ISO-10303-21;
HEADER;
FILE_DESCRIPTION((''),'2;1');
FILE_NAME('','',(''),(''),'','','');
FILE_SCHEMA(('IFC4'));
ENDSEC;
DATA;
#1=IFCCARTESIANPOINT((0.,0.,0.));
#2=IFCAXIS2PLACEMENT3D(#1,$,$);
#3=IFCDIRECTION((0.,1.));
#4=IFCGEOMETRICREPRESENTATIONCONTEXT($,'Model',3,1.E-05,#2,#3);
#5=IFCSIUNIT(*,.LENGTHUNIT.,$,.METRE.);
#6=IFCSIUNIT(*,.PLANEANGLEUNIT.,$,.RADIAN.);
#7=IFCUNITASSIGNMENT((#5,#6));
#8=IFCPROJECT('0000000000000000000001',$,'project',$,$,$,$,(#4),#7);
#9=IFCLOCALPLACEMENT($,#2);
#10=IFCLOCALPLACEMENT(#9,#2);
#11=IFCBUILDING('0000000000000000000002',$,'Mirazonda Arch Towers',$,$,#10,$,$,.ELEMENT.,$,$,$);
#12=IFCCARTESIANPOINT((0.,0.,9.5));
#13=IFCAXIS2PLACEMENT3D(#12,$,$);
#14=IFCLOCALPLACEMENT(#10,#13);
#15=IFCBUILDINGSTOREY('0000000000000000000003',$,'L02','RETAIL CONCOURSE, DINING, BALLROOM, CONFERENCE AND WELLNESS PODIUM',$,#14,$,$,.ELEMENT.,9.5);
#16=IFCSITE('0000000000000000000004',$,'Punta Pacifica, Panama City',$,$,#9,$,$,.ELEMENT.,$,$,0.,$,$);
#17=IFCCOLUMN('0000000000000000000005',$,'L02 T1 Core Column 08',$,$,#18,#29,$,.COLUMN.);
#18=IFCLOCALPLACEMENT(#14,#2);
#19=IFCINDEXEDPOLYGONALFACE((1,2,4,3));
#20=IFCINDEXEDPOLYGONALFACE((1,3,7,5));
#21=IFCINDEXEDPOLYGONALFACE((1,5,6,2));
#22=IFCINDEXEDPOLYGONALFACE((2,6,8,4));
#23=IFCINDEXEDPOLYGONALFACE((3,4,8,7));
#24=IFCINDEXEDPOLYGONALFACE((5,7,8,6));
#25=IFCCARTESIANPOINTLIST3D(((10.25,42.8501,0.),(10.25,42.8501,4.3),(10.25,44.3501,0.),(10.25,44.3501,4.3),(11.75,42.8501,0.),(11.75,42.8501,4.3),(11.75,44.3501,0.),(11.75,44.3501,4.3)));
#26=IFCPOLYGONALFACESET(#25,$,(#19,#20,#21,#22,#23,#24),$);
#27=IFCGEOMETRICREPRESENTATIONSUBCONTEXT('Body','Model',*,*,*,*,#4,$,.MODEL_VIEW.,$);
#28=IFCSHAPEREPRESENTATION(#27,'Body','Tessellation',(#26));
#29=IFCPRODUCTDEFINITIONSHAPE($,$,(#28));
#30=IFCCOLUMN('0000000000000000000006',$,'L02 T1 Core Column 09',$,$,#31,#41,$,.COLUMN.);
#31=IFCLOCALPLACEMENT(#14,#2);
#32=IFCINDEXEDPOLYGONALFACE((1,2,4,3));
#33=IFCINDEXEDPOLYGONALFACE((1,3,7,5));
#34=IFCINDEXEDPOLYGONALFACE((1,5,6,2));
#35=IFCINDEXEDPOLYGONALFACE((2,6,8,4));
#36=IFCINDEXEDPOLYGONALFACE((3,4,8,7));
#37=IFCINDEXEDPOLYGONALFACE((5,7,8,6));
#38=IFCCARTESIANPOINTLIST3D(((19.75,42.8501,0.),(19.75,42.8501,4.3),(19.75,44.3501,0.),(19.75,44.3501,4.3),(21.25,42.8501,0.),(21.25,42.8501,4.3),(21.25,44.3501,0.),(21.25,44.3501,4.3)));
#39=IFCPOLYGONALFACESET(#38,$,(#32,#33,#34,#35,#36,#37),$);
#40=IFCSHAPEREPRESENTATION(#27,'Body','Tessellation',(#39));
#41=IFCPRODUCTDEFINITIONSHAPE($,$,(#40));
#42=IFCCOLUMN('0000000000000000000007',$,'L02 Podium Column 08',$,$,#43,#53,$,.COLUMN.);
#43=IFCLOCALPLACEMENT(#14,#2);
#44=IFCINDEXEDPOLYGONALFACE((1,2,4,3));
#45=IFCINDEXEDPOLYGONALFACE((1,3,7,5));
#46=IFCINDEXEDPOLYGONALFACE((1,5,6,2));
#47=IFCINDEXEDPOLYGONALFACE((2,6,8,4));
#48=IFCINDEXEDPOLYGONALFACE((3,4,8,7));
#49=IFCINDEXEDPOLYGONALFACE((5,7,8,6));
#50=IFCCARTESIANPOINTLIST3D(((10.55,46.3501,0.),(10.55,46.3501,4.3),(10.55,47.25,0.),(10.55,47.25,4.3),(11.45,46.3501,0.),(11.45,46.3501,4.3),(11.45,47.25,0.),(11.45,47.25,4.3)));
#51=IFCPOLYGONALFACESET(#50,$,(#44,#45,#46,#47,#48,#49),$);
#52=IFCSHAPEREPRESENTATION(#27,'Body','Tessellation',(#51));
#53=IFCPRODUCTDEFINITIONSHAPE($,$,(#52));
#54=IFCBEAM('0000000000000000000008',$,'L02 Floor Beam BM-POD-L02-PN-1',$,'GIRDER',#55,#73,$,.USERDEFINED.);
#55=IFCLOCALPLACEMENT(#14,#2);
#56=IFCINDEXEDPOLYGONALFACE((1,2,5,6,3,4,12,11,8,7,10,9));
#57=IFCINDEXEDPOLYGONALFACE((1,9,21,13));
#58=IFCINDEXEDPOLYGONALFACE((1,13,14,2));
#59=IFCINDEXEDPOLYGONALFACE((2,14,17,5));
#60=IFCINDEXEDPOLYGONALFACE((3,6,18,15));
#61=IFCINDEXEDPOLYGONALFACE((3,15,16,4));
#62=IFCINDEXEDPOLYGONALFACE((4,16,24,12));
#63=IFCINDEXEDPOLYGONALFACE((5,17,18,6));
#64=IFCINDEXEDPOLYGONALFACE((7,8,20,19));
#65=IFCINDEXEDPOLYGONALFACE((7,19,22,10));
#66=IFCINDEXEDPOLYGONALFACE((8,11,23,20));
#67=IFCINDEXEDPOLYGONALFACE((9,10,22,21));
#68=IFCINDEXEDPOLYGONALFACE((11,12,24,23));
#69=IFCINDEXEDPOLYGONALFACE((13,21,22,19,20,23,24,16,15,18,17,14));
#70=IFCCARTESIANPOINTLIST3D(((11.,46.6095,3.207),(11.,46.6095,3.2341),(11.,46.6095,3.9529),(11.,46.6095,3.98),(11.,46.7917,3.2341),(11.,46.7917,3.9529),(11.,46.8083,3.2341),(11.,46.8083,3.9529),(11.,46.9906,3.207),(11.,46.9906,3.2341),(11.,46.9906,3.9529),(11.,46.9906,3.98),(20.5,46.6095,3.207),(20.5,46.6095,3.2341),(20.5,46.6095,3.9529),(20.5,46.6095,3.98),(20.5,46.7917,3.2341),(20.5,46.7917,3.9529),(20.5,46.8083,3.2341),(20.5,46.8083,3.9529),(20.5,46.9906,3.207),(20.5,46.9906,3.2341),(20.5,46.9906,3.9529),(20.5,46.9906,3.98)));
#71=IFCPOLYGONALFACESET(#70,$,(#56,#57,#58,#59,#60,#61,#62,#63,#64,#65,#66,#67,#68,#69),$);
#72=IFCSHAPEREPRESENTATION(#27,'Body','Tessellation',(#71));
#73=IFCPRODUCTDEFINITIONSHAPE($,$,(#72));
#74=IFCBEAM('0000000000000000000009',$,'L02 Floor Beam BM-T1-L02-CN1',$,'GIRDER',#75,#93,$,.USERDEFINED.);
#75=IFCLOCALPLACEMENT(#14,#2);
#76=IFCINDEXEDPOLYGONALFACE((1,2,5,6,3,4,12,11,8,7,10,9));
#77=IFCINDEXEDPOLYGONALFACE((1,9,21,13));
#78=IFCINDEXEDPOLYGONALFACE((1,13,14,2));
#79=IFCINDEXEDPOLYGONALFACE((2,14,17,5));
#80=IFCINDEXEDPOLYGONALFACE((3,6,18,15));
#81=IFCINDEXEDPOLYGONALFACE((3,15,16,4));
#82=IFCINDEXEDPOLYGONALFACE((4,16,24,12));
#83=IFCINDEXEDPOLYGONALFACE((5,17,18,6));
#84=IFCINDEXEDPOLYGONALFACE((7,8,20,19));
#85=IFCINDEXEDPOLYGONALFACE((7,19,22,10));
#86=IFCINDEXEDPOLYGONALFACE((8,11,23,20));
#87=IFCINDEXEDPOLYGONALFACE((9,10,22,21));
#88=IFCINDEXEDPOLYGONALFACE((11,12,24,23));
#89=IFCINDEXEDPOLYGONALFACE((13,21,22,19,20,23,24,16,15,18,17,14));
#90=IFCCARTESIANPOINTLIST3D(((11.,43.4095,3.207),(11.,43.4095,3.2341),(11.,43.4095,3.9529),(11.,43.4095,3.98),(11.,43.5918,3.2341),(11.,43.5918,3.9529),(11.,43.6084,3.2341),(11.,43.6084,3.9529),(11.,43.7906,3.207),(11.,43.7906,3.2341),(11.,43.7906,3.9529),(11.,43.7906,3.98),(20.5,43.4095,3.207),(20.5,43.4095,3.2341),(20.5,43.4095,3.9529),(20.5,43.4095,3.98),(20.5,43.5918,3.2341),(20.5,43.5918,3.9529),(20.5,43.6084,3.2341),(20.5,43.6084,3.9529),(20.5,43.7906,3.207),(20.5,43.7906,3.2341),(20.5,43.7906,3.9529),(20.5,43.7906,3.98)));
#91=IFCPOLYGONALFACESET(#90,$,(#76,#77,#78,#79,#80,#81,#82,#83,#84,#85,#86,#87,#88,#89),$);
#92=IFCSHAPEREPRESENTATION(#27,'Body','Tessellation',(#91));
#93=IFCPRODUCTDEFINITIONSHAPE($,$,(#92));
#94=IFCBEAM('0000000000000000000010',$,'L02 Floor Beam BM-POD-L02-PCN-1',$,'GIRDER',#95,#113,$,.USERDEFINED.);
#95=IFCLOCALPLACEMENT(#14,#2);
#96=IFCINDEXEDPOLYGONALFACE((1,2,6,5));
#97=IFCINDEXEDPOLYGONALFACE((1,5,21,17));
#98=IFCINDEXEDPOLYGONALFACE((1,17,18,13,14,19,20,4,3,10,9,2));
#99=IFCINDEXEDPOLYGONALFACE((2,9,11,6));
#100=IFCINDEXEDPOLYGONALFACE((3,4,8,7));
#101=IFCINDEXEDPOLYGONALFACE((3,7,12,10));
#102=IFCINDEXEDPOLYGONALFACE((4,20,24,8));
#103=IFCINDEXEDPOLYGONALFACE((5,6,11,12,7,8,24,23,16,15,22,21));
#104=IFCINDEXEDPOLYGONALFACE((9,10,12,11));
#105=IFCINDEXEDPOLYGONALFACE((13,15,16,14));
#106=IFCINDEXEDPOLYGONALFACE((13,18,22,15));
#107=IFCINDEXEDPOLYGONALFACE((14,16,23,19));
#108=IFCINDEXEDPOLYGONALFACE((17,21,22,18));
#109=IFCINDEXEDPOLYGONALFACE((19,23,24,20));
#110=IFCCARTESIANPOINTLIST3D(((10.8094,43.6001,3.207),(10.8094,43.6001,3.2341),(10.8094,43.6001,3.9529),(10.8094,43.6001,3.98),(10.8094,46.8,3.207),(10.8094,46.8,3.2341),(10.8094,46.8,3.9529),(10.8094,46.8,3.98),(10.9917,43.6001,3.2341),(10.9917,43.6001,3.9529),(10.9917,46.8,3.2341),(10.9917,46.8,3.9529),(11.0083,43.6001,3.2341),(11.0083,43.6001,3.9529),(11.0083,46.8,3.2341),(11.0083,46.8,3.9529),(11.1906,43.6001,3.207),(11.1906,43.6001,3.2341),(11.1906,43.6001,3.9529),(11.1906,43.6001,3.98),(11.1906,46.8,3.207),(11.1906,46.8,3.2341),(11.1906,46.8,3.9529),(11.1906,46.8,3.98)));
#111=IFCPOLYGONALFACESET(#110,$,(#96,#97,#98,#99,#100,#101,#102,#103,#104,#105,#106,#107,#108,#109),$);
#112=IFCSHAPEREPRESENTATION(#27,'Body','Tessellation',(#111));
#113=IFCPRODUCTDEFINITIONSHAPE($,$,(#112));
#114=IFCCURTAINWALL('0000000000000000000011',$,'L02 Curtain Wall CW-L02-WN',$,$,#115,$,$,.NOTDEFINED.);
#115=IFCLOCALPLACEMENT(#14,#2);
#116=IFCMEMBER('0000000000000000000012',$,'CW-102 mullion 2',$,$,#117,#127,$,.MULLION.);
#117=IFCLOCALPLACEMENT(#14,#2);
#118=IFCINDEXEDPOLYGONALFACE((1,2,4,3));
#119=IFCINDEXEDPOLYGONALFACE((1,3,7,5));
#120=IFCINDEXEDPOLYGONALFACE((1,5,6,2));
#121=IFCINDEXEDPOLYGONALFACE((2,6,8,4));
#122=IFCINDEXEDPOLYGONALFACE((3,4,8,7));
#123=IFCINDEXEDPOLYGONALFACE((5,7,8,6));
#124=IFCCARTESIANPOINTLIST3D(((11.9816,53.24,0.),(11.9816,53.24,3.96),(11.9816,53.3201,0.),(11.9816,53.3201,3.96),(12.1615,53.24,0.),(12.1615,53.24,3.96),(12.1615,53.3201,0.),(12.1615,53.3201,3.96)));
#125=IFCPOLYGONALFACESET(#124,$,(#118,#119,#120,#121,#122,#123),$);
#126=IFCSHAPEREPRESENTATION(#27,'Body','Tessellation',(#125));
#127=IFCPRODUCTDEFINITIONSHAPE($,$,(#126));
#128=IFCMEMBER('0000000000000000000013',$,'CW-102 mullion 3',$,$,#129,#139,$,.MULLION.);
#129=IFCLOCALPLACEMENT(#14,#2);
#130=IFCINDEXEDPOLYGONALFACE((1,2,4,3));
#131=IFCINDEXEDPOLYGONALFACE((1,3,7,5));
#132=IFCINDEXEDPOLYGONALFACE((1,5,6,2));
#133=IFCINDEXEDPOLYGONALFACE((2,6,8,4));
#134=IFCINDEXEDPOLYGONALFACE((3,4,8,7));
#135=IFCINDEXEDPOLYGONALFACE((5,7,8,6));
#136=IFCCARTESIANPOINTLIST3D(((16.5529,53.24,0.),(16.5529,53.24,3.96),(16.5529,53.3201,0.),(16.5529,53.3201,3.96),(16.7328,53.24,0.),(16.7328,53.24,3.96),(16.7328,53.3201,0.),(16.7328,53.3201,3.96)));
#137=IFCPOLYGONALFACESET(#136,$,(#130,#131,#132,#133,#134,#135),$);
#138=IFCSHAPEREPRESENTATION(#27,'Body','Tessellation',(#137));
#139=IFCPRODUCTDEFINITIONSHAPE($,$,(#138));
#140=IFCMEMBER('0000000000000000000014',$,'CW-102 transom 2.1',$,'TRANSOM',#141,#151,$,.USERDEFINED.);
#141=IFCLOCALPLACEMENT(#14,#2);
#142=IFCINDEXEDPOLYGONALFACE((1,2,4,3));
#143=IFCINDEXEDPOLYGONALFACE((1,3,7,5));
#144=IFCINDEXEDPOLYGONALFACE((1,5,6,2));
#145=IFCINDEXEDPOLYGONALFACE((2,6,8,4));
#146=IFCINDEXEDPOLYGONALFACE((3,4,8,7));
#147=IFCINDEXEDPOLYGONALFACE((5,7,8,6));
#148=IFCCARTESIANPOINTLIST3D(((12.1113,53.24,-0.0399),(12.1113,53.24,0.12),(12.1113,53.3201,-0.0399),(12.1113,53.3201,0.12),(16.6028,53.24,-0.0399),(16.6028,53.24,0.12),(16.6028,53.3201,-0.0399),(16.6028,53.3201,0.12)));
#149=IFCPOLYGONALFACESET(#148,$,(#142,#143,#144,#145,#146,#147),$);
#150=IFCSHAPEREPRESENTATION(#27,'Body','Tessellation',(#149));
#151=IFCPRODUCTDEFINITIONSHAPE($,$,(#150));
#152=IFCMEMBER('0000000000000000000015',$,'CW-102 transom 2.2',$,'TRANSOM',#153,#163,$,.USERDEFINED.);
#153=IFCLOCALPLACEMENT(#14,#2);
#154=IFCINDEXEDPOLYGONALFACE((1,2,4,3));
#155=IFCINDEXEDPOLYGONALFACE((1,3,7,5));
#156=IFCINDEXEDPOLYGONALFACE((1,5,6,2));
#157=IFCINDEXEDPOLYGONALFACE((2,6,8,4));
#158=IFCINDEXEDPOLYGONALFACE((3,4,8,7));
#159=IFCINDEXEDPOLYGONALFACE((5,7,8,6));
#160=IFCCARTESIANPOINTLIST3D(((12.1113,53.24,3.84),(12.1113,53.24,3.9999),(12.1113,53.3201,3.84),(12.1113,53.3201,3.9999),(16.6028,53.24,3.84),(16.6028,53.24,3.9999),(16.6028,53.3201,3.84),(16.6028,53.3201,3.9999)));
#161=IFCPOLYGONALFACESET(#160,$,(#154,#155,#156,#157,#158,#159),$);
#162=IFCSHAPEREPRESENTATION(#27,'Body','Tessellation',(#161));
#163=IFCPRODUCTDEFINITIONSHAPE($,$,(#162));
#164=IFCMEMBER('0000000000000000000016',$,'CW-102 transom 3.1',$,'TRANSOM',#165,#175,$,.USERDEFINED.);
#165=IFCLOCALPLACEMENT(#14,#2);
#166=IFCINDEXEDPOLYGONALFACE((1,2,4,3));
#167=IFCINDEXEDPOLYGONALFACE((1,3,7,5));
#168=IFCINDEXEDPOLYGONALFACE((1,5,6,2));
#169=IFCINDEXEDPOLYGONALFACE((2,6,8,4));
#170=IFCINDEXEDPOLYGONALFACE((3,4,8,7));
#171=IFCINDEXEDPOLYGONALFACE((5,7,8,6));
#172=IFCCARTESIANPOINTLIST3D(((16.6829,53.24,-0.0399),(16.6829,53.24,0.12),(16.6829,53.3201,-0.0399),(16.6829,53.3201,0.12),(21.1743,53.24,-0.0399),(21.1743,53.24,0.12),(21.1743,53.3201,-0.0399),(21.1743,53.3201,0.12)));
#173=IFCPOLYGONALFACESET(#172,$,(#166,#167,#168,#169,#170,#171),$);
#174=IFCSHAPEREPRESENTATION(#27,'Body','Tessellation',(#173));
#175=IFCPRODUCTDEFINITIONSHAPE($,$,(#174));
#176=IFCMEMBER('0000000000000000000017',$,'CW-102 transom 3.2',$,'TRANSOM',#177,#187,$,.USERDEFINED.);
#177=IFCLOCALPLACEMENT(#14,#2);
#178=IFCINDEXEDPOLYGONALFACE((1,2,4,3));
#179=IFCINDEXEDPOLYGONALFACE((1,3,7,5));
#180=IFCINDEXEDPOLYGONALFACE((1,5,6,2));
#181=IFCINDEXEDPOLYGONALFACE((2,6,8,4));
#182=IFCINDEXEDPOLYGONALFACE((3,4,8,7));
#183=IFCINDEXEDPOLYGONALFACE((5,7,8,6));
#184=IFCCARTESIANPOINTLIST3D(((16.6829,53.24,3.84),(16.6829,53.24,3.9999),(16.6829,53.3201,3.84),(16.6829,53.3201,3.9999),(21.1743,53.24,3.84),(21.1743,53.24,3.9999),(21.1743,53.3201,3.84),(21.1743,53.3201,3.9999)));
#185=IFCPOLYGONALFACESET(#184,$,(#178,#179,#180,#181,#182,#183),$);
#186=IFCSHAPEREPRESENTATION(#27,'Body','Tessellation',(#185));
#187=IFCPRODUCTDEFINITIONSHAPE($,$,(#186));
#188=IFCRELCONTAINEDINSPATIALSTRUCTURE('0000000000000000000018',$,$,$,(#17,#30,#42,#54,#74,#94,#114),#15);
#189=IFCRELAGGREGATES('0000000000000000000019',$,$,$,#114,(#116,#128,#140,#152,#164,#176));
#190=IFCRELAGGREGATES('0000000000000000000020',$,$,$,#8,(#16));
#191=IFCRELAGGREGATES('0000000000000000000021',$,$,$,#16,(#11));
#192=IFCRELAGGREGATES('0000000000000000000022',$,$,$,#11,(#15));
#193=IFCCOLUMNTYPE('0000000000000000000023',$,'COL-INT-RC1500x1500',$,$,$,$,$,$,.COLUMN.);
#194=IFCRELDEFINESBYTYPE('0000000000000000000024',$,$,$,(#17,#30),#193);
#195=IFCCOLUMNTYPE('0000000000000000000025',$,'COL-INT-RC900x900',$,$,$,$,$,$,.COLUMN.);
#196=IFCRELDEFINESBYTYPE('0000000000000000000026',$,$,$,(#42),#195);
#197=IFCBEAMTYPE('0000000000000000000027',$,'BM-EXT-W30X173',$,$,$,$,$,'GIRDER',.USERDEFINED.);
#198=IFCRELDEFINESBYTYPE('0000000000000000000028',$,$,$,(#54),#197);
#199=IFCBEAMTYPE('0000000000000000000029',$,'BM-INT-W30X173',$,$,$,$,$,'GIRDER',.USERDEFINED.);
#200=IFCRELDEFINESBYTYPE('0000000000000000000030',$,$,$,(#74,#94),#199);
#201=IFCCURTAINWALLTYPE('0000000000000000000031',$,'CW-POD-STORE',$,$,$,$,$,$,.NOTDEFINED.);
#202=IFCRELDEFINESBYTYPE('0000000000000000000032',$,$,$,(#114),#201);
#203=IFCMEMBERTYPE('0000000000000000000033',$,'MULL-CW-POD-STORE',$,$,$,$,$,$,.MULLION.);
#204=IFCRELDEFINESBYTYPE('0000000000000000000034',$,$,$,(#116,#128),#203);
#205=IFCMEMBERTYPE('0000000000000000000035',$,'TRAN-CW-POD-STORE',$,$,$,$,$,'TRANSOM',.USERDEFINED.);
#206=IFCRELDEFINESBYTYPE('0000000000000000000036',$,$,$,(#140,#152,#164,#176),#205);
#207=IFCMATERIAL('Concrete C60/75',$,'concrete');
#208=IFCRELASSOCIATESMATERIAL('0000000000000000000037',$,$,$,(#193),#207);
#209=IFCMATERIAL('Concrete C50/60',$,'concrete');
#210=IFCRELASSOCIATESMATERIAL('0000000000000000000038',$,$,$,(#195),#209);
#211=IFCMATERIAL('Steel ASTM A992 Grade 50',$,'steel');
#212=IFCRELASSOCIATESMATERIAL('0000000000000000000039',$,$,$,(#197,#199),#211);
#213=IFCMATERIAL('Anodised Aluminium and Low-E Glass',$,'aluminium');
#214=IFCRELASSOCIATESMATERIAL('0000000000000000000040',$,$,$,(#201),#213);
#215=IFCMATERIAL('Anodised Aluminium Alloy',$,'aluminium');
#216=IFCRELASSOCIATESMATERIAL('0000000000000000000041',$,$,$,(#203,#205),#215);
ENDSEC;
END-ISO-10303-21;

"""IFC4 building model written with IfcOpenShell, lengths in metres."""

from ifc_helpers import new_model, si_unit, direction, frame, origin, origin_2d, place, context, subcontext, project, spatial, rectangle, i_section, extrude, material, material_profile, profile_set, type_object, element, aggregate, save


model = new_model("IFC4")

# Units and contexts
model_context = context("Model", 3, precision=1e-05, world=origin(), true_north=direction((0.0, 1.0)))
body_context = subcontext(model_context, "Body", "Model", "MODEL_VIEW")
ifc_project = project(units=[si_unit("LENGTHUNIT", "METRE"), si_unit("PLANEANGLEUNIT", "RADIAN")], contexts=[model_context])

# Site, building, storey
site_placement = place(None, origin())
site = spatial("IfcSite", under=ifc_project, at=site_placement, Name="Punta Pacifica, Panama City", CompositionType="ELEMENT", RefElevation=0.0)
building_placement = place(site_placement, origin())
building = spatial("IfcBuilding", under=site, at=building_placement, Name="Mirazonda Arch Towers", CompositionType="ELEMENT")
storey_placement = place(building_placement, frame((0.0, 0.0, 9.5)))
storey = spatial("IfcBuildingStorey", under=building, at=storey_placement, Name="L02", Description="RETAIL CONCOURSE, DINING, BALLROOM, CONFERENCE AND WELLNESS PODIUM", CompositionType="ELEMENT", Elevation=9.5)

# Columns
ifc_material_1 = material(Name="Concrete C60/75", Category="concrete")
ifc_material_profile_1 = material_profile(ifc_material_1, rectangle(XDim=1.5, YDim=1.5, at=origin_2d()), Name="RC1500x1500")
ifc_profile_set_1 = profile_set([ifc_material_profile_1], Name="Concrete C60/75")
column_type_1 = type_object("IfcColumnType", Name="COL-INT-RC1500x1500", PredefinedType="COLUMN", material=ifc_profile_set_1)
for number, where, z_axis, x_axis, name in (
    (1, (11.0, 43.6001, 0.0), (0.0, 0.0, 1.0), (1.0, 0.0, 0.0), "L02 T1 Core Column 08"),
    (2, (20.5, 43.6001, 0.0), (0.0, 0.0, 1.0), (1.0, 0.0, 0.0), "L02 T1 Core Column 09"),
):
    element("IfcColumn", number, at=place(storey_placement, frame(where, z_axis=z_axis, x_axis=x_axis)), inside=storey, type_object=column_type_1, Name=name, PredefinedType="COLUMN", context=body_context, shape_type="SweptSolid", body=[
        extrude(rectangle(XDim=1.5, YDim=1.5, at=origin_2d()), origin(), (0.0, 0.0, 1.0), 4.3),
    ])
ifc_material_2 = material(Name="Concrete C50/60", Category="concrete")
ifc_material_profile_2 = material_profile(ifc_material_2, rectangle(XDim=0.8999, YDim=0.8999, at=origin_2d()), Name="RC900x900")
ifc_profile_set_2 = profile_set([ifc_material_profile_2], Name="Concrete C50/60")
column_type_2 = type_object("IfcColumnType", Name="COL-INT-RC900x900", PredefinedType="COLUMN", material=ifc_profile_set_2)
column_placement = place(storey_placement, frame((11.0, 46.8, 0.0), z_axis=(0.0, 0.0, 1.0), x_axis=(1.0, 0.0, 0.0)))
element("IfcColumn", 3, at=column_placement, inside=storey, type_object=column_type_2, Name="L02 Podium Column 08", PredefinedType="COLUMN", context=body_context, shape_type="SweptSolid", body=[
    extrude(rectangle(XDim=0.8999, YDim=0.8999, at=origin_2d()), origin(), (0.0, 0.0, 1.0), 4.3),
])

# Beams
ifc_material_3 = material(Name="Steel ASTM A992 Grade 50", Category="steel")
ifc_material_profile_3 = material_profile(ifc_material_3, i_section(OverallWidth=0.3811, OverallDepth=0.7729, WebThickness=0.0166, FlangeThickness=0.0271, at=origin_2d()), Name="W30X173")
ifc_profile_set_3 = profile_set([ifc_material_profile_3], Name="Steel ASTM A992 Grade 50")
beam_type_1 = type_object("IfcBeamType", Name="BM-EXT-W30X173", ElementType="GIRDER", PredefinedType="USERDEFINED", material=ifc_profile_set_3)
beam_1_placement = place(storey_placement, frame((11.0, 46.8, 3.5935), z_axis=(1.0, 0.0, 0.0), x_axis=(0.0, 1.0, 0.0)))
element("IfcBeam", 4, at=beam_1_placement, inside=storey, type_object=beam_type_1, Name="L02 Floor Beam BM-POD-L02-PN-1", ObjectType="GIRDER", PredefinedType="USERDEFINED", context=body_context, shape_type="SweptSolid", body=[
    extrude(i_section(OverallWidth=0.3811, OverallDepth=0.7729, WebThickness=0.0166, FlangeThickness=0.0271, at=origin_2d()), origin(), (0.0, 0.0, 1.0), 9.5),
])
ifc_material_profile_4 = material_profile(ifc_material_3, i_section(OverallWidth=0.3811, OverallDepth=0.7729, WebThickness=0.0166, FlangeThickness=0.0271, at=origin_2d()), Name="W30X173")
ifc_profile_set_4 = profile_set([ifc_material_profile_4], Name="Steel ASTM A992 Grade 50")
beam_type_2 = type_object("IfcBeamType", Name="BM-INT-W30X173", ElementType="GIRDER", PredefinedType="USERDEFINED", material=ifc_profile_set_4)
beam_2_placement = place(storey_placement, frame((11.0, 43.6001, 3.5935), z_axis=(1.0, 0.0, 0.0), x_axis=(0.0, 1.0, 0.0)))
element("IfcBeam", 5, at=beam_2_placement, inside=storey, type_object=beam_type_2, Name="L02 Floor Beam BM-T1-L02-CN1", ObjectType="GIRDER", PredefinedType="USERDEFINED", context=body_context, shape_type="SweptSolid", body=[
    extrude(i_section(OverallWidth=0.3811, OverallDepth=0.7729, WebThickness=0.0166, FlangeThickness=0.0271, at=origin_2d()), origin(), (0.0, 0.0, 1.0), 9.5),
])
beam_3_placement = place(storey_placement, frame((11.0, 43.6001, 3.5935), z_axis=(0.0, 1.0, 0.0), x_axis=(-1.0, 0.0, 0.0)))
element("IfcBeam", 6, at=beam_3_placement, inside=storey, type_object=beam_type_2, Name="L02 Floor Beam BM-POD-L02-PCN-1", ObjectType="GIRDER", PredefinedType="USERDEFINED", context=body_context, shape_type="SweptSolid", body=[
    extrude(i_section(OverallWidth=0.3811, OverallDepth=0.7729, WebThickness=0.0166, FlangeThickness=0.0271, at=origin_2d()), origin(), (0.0, 0.0, 1.0), 3.2),
])

# Curtain wall, members
ifc_material_4 = material(Name="Anodised Aluminium and Low-E Glass", Category="aluminium")
curtain_wall_type = type_object("IfcCurtainWallType", Name="CW-POD-STORE", PredefinedType="NOTDEFINED", material=ifc_material_4)
curtain_wall_placement = place(storey_placement, origin())
curtain_wall = element("IfcCurtainWall", 7, at=curtain_wall_placement, inside=storey, type_object=curtain_wall_type, Name="L02 Curtain Wall CW-L02-WN", PredefinedType="NOTDEFINED")
ifc_material_5 = material(Name="Anodised Aluminium Alloy", Category="aluminium")
ifc_material_profile_5 = material_profile(ifc_material_5, rectangle(XDim=0.0801, YDim=0.1799, at=origin_2d()), Name="ALU-MULL-80x180")
ifc_profile_set_5 = profile_set([ifc_material_profile_5], Name="Anodised Aluminium Alloy")
member_type_1 = type_object("IfcMemberType", Name="MULL-CW-POD-STORE", PredefinedType="MULLION", material=ifc_profile_set_5)
member_1_placement = place(storey_placement, frame((12.0715, 53.28, 0.0), z_axis=(0.0, 0.0, 1.0), x_axis=(0.0, 1.0, 0.0)))
member_1 = element("IfcMember", 8, at=member_1_placement, type_object=member_type_1, Name="CW-102 mullion 2", PredefinedType="MULLION", context=body_context, shape_type="SweptSolid", body=[
    extrude(rectangle(XDim=0.0801, YDim=0.1799, at=origin_2d()), origin(), (0.0, 0.0, 1.0), 3.96),
])
member_2_placement = place(storey_placement, frame((16.6428, 53.28, 0.0), z_axis=(0.0, 0.0, 1.0), x_axis=(0.0, 1.0, 0.0)))
member_2 = element("IfcMember", 9, at=member_2_placement, type_object=member_type_1, Name="CW-102 mullion 3", PredefinedType="MULLION", context=body_context, shape_type="SweptSolid", body=[
    extrude(rectangle(XDim=0.0801, YDim=0.1799, at=origin_2d()), origin(), (0.0, 0.0, 1.0), 3.96),
])
ifc_material_profile_6 = material_profile(ifc_material_5, rectangle(XDim=0.0801, YDim=0.1599, at=origin_2d()), Name="ALU-TRAN-80x160")
ifc_profile_set_6 = profile_set([ifc_material_profile_6], Name="Anodised Aluminium Alloy")
member_type_2 = type_object("IfcMemberType", Name="TRAN-CW-POD-STORE", ElementType="TRANSOM", PredefinedType="USERDEFINED", material=ifc_profile_set_6)
member_3_placement = place(storey_placement, frame((12.1113, 53.28, 0.04), z_axis=(1.0, 0.0, 0.0), x_axis=(0.0, 1.0, 0.0)))
member_3 = element("IfcMember", 10, at=member_3_placement, type_object=member_type_2, Name="CW-102 transom 2.1", ObjectType="TRANSOM", PredefinedType="USERDEFINED", context=body_context, shape_type="SweptSolid", body=[
    extrude(rectangle(XDim=0.0801, YDim=0.1599, at=origin_2d()), origin(), (0.0, 0.0, 1.0), 4.4915),
])
member_4_placement = place(storey_placement, frame((12.1113, 53.28, 3.9199), z_axis=(1.0, 0.0, 0.0), x_axis=(0.0, 1.0, 0.0)))
member_4 = element("IfcMember", 11, at=member_4_placement, type_object=member_type_2, Name="CW-102 transom 2.2", ObjectType="TRANSOM", PredefinedType="USERDEFINED", context=body_context, shape_type="SweptSolid", body=[
    extrude(rectangle(XDim=0.0801, YDim=0.1599, at=origin_2d()), origin(), (0.0, 0.0, 1.0), 4.4915),
])
member_5_placement = place(storey_placement, frame((16.6829, 53.28, 0.04), z_axis=(1.0, 0.0, 0.0), x_axis=(0.0, 1.0, 0.0)))
member_5 = element("IfcMember", 12, at=member_5_placement, type_object=member_type_2, Name="CW-102 transom 3.1", ObjectType="TRANSOM", PredefinedType="USERDEFINED", context=body_context, shape_type="SweptSolid", body=[
    extrude(rectangle(XDim=0.0801, YDim=0.1599, at=origin_2d()), origin(), (0.0, 0.0, 1.0), 4.4915),
])
member_6_placement = place(storey_placement, frame((16.6829, 53.28, 3.9199), z_axis=(1.0, 0.0, 0.0), x_axis=(0.0, 1.0, 0.0)))
member_6 = element("IfcMember", 13, at=member_6_placement, type_object=member_type_2, Name="CW-102 transom 3.2", ObjectType="TRANSOM", PredefinedType="USERDEFINED", context=body_context, shape_type="SweptSolid", body=[
    extrude(rectangle(XDim=0.0801, YDim=0.1599, at=origin_2d()), origin(), (0.0, 0.0, 1.0), 4.4915),
])
aggregate(curtain_wall, [member_1, member_2, member_3, member_4, member_5, member_6])

save(model, "model.ifc")
